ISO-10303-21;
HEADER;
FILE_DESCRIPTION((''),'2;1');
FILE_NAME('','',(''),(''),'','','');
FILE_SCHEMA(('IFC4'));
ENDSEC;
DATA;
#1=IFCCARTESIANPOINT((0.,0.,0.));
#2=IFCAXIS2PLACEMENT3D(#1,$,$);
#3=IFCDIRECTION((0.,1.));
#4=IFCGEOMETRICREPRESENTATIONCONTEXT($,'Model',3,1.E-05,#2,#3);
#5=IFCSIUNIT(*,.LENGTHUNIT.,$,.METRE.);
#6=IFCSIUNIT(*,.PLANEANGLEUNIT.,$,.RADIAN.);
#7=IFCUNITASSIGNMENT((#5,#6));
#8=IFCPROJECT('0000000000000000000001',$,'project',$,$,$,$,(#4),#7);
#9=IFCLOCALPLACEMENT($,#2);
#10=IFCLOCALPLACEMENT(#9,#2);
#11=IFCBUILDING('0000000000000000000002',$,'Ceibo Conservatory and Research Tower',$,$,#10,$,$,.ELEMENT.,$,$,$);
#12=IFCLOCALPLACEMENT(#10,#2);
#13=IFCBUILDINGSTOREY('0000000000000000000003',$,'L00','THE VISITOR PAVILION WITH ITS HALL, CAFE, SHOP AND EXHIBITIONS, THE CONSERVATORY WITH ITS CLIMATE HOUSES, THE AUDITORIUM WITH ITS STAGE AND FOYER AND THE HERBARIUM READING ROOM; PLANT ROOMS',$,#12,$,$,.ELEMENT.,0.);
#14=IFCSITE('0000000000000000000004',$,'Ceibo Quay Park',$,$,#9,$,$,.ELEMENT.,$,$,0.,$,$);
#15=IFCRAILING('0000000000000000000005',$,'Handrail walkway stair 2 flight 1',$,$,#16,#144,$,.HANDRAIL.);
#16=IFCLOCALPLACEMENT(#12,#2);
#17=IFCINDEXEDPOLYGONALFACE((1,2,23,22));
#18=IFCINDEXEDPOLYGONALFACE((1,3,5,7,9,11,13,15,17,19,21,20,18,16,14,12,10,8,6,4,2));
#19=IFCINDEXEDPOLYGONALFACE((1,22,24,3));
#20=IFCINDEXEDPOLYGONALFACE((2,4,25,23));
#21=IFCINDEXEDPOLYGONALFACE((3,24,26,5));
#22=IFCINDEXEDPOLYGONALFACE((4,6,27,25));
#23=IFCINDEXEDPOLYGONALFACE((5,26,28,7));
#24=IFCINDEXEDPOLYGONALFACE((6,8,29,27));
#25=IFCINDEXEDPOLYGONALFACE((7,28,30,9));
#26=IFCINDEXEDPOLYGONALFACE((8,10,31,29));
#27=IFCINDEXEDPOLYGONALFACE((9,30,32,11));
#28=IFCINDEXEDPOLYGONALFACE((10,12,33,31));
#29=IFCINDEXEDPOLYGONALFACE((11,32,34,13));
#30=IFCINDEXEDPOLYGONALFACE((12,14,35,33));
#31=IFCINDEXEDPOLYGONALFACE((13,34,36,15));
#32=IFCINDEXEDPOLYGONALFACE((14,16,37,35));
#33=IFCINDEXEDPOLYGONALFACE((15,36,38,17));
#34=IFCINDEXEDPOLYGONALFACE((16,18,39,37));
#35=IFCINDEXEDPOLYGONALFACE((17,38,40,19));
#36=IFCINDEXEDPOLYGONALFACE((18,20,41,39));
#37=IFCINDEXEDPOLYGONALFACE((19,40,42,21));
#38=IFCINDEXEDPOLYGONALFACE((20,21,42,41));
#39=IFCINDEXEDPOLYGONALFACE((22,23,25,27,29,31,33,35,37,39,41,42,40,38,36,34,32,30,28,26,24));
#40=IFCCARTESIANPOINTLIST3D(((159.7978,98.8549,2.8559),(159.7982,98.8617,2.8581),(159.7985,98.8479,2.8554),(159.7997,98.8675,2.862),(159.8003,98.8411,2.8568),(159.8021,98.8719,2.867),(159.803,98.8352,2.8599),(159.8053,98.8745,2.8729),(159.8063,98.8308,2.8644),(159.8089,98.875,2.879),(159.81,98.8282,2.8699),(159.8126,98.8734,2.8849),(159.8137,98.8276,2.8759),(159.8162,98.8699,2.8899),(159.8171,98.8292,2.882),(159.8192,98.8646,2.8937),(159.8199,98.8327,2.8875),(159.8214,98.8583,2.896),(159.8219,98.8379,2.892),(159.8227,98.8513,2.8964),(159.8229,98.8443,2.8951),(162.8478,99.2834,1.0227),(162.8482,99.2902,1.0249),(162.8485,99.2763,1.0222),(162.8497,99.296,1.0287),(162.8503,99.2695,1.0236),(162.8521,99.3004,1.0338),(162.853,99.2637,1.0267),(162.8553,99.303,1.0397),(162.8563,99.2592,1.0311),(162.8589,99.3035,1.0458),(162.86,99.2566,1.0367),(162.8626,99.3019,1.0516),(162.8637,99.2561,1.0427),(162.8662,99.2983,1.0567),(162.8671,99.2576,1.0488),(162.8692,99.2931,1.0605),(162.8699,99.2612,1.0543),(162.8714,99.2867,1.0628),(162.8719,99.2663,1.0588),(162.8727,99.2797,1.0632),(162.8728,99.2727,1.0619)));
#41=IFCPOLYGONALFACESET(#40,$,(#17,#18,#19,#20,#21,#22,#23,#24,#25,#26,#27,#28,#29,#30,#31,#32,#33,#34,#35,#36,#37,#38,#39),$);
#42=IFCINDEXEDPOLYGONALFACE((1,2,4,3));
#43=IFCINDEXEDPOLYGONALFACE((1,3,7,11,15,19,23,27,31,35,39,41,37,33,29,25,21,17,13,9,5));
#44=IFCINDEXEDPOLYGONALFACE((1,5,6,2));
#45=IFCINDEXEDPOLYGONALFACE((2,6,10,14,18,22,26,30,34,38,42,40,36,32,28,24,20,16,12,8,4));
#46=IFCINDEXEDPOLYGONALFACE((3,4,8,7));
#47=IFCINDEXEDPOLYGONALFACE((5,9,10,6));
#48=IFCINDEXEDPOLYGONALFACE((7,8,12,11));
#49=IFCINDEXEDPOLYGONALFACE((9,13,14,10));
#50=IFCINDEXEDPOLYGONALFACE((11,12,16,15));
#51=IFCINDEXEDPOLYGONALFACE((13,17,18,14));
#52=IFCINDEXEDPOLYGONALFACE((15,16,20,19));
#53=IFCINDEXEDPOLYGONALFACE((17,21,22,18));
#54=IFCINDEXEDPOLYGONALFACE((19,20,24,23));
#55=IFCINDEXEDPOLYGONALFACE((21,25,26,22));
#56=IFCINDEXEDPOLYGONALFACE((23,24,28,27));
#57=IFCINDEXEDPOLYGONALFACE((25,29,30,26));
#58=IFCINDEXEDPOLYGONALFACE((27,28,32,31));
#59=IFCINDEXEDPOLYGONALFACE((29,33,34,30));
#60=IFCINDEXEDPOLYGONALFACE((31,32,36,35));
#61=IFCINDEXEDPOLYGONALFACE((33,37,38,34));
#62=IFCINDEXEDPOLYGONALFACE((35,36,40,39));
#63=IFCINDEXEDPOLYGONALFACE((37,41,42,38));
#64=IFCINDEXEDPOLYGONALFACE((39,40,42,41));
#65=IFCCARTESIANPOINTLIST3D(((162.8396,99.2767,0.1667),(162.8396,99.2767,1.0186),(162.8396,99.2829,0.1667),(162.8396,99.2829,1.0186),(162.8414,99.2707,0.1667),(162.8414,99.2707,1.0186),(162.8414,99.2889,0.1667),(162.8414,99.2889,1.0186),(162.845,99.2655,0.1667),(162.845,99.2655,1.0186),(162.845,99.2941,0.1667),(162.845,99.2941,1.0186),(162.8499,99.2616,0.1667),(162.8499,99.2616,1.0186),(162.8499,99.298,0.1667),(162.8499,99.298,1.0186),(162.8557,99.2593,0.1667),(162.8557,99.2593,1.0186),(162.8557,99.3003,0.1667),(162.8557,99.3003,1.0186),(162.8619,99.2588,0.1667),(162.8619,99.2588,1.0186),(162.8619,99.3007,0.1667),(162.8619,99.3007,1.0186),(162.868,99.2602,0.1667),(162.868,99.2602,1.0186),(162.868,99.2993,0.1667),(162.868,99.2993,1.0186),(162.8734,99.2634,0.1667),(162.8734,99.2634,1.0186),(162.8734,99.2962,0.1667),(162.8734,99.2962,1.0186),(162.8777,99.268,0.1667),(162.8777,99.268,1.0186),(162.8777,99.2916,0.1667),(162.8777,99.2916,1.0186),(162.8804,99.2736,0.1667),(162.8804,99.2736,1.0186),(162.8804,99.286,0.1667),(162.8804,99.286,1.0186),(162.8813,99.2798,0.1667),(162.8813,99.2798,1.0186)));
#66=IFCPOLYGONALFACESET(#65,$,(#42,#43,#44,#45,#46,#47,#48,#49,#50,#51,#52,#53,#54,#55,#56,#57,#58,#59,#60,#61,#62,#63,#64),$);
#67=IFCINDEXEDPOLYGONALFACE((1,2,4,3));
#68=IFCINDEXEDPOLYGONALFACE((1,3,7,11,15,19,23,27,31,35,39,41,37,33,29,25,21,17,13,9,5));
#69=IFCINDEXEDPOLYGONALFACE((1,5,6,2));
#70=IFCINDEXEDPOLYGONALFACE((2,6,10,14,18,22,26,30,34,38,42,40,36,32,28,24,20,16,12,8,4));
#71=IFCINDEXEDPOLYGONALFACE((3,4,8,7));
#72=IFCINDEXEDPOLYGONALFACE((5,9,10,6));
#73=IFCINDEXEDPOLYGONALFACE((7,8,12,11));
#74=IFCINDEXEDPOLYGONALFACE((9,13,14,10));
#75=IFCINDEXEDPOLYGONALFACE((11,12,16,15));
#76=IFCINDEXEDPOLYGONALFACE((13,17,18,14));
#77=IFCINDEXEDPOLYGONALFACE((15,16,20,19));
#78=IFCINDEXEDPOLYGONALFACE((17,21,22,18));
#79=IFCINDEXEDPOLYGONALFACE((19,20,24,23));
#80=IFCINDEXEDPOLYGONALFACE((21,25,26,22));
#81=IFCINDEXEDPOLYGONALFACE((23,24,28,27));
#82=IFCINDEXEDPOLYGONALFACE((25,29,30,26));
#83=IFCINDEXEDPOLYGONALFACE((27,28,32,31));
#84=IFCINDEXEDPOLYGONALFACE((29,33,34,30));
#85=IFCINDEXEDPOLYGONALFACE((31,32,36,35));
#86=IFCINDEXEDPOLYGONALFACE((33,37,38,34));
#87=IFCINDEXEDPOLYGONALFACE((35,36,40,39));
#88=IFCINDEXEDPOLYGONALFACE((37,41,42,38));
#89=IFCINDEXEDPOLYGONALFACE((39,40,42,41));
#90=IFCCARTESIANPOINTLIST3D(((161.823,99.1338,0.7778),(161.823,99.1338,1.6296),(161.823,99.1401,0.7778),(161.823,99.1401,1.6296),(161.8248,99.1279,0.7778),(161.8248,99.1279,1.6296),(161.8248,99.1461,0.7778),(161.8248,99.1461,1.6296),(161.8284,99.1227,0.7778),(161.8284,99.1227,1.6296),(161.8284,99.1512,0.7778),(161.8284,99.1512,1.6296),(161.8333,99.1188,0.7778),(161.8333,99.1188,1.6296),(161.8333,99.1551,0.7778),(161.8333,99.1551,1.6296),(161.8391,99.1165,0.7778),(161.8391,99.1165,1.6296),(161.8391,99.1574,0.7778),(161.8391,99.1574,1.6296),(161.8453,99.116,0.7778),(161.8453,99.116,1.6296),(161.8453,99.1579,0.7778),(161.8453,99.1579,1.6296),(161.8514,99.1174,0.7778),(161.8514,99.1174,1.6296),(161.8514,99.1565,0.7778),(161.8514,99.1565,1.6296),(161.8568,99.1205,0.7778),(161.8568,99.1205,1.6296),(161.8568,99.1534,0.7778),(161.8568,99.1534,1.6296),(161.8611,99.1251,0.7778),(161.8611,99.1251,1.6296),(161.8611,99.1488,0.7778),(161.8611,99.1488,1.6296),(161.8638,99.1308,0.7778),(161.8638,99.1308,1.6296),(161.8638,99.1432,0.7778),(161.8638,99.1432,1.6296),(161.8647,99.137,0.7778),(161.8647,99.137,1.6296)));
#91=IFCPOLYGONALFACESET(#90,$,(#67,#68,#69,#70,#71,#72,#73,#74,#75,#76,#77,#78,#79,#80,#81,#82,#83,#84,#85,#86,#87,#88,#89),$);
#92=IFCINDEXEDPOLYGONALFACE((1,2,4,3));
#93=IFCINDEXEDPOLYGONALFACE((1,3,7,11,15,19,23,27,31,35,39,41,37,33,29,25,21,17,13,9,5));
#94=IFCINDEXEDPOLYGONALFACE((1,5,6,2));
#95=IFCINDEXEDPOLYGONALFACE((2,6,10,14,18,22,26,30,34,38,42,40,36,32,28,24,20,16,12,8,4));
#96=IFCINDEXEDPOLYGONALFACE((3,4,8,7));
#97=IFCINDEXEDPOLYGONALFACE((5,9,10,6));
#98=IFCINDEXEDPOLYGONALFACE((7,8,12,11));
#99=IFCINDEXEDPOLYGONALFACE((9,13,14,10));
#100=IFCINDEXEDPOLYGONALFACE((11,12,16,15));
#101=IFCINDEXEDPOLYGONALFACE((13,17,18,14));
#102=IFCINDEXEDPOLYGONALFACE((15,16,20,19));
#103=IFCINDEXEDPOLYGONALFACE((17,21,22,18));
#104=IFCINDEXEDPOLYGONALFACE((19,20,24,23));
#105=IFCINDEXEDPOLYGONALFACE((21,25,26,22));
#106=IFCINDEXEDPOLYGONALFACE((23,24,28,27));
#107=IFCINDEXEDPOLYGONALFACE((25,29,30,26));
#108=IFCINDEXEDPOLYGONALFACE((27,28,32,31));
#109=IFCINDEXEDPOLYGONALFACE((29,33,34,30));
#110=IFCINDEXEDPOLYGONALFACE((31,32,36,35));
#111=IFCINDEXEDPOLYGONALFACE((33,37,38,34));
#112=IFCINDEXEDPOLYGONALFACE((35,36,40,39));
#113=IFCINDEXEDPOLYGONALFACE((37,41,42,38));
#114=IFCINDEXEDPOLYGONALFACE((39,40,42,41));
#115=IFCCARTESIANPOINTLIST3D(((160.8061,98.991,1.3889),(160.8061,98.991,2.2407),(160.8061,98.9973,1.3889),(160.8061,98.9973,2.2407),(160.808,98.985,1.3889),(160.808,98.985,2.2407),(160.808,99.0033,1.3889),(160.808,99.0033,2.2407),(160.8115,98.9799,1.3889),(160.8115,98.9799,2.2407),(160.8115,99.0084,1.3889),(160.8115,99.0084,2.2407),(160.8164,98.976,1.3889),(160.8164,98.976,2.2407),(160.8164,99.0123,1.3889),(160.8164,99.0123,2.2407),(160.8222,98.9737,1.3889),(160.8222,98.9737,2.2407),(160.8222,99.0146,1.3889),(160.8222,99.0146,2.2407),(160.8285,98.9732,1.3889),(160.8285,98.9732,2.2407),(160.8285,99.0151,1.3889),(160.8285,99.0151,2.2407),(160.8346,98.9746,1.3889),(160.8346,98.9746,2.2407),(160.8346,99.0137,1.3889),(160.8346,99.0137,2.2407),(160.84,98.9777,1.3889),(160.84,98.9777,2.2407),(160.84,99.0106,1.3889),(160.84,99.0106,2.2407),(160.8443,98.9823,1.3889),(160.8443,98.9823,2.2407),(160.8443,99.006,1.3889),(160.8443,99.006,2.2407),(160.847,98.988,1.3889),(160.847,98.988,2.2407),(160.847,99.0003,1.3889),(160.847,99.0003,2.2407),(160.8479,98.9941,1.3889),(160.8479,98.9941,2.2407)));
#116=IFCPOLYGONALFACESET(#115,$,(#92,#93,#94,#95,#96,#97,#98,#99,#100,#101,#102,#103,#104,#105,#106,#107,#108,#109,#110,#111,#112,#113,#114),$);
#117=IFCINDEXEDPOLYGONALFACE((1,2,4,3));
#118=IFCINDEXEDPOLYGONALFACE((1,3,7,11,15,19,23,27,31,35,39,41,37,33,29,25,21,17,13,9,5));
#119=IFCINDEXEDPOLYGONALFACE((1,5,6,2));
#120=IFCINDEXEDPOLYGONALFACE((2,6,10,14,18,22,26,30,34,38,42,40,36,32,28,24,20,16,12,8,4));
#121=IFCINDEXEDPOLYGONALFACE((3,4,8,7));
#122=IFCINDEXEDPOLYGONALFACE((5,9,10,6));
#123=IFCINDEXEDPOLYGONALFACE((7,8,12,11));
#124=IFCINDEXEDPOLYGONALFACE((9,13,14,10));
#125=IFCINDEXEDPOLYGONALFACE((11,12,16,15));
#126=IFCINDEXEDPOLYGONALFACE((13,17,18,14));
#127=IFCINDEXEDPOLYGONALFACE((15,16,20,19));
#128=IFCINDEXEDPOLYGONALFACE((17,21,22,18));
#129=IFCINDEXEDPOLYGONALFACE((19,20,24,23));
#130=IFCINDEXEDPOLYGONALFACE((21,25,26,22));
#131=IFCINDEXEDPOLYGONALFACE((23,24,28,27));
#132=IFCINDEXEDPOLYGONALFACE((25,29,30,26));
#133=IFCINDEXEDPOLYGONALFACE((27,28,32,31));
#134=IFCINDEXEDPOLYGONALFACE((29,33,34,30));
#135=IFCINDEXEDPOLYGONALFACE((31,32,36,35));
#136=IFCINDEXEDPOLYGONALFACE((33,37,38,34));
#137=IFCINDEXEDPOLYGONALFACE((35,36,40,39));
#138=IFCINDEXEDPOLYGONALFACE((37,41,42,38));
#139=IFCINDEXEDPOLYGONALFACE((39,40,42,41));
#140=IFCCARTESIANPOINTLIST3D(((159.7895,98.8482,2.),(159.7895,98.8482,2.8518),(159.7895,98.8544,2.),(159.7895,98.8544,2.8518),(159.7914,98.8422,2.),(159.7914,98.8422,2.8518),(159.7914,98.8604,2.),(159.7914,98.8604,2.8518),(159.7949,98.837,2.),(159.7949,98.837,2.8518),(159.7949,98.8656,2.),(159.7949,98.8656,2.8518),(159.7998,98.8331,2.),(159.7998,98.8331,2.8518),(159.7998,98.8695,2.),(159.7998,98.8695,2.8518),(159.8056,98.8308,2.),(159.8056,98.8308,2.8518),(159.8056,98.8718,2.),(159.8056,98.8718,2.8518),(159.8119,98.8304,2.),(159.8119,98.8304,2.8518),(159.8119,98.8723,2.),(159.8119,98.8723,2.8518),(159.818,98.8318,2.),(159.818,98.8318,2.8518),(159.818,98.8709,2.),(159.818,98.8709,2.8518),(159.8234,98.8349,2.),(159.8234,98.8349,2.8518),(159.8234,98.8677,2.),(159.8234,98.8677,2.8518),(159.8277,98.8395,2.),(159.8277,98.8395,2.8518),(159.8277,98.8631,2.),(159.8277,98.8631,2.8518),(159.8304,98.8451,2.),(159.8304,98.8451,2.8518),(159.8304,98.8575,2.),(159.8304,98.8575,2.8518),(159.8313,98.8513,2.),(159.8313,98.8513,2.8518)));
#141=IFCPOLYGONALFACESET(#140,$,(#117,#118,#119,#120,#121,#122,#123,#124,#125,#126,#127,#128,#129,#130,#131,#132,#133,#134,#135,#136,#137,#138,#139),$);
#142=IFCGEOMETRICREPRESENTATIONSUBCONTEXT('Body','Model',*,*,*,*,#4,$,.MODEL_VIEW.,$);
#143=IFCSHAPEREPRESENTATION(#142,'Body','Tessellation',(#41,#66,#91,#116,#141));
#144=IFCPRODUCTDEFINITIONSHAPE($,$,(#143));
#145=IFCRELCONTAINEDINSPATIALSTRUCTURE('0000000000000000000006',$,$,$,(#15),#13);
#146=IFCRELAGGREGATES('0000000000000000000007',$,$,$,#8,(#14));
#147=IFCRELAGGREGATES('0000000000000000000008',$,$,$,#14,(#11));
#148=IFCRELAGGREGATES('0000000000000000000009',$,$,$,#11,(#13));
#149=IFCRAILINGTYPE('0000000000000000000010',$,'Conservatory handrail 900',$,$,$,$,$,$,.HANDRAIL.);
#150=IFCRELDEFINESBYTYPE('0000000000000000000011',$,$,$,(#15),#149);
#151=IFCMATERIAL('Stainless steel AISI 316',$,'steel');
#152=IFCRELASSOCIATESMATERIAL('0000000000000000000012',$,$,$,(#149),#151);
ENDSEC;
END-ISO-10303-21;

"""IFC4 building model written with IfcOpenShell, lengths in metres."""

from ifc_helpers import new_model, si_unit, direction, frame, origin, origin_2d, place, context, subcontext, project, spatial, circle, extrude, material, type_object, element, save


model = new_model("IFC4")

# Units and contexts
model_context = context("Model", 3, precision=1e-05, world=origin(), true_north=direction((0.0, 1.0)))
body_context = subcontext(model_context, "Body", "Model", "MODEL_VIEW")
ifc_project = project(units=[si_unit("LENGTHUNIT", "METRE"), si_unit("PLANEANGLEUNIT", "RADIAN")], contexts=[model_context])

# Site, building, storey
site_placement = place(None, origin())
site = spatial("IfcSite", under=ifc_project, at=site_placement, Name="Ceibo Quay Park", CompositionType="ELEMENT", RefElevation=0.0)
building_placement = place(site_placement, origin())
building = spatial("IfcBuilding", under=site, at=building_placement, Name="Ceibo Conservatory and Research Tower", CompositionType="ELEMENT")
storey_placement = place(building_placement, origin())
storey = spatial("IfcBuildingStorey", under=building, at=storey_placement, Name="L00", Description="THE VISITOR PAVILION WITH ITS HALL, CAFE, SHOP AND EXHIBITIONS, THE CONSERVATORY WITH ITS CLIMATE HOUSES, THE AUDITORIUM WITH ITS STAGE AND FOYER AND THE HERBARIUM READING ROOM; PLANT ROOMS", CompositionType="ELEMENT", Elevation=0.0)

# Railing
ifc_material_1 = material(Name="Stainless steel AISI 316", Category="steel")
railing_type_1 = type_object("IfcRailingType", Name="Conservatory handrail 900", PredefinedType="HANDRAIL", material=ifc_material_1)
railing_1_placement = place(storey_placement, frame((162.8604, 99.2798, 0.1667)))
element("IfcRailing", 1, at=railing_1_placement, inside=storey, type_object=railing_type_1, Name="Handrail walkway stair 2 flight 1", PredefinedType="HANDRAIL", context=body_context, shape_type="SweptSolid", body=[
    extrude(circle(Radius=0.0239, at=origin_2d()), frame((0.0, 0.0, 0.876), z_axis=(-0.850947, -0.11954, 0.511467), x_axis=(0.139113, -0.990277, 0.0)), (0.0, 0.0, 1.0), 3.5842),
    extrude(circle(Radius=0.021, at=origin_2d()), origin(), (0.0, 0.0, 1.0), 0.8518),
    extrude(circle(Radius=0.021, at=origin_2d()), frame((-1.0166, -0.1428, 0.6111)), (0.0, 0.0, 1.0), 0.8518),
    extrude(circle(Radius=0.021, at=origin_2d()), frame((-2.0334, -0.2856, 1.2222)), (0.0, 0.0, 1.0), 0.8518),
    extrude(circle(Radius=0.021, at=origin_2d()), frame((-3.05, -0.4285, 1.8333)), (0.0, 0.0, 1.0), 0.8518),
])

save(model, "model.ifc")
